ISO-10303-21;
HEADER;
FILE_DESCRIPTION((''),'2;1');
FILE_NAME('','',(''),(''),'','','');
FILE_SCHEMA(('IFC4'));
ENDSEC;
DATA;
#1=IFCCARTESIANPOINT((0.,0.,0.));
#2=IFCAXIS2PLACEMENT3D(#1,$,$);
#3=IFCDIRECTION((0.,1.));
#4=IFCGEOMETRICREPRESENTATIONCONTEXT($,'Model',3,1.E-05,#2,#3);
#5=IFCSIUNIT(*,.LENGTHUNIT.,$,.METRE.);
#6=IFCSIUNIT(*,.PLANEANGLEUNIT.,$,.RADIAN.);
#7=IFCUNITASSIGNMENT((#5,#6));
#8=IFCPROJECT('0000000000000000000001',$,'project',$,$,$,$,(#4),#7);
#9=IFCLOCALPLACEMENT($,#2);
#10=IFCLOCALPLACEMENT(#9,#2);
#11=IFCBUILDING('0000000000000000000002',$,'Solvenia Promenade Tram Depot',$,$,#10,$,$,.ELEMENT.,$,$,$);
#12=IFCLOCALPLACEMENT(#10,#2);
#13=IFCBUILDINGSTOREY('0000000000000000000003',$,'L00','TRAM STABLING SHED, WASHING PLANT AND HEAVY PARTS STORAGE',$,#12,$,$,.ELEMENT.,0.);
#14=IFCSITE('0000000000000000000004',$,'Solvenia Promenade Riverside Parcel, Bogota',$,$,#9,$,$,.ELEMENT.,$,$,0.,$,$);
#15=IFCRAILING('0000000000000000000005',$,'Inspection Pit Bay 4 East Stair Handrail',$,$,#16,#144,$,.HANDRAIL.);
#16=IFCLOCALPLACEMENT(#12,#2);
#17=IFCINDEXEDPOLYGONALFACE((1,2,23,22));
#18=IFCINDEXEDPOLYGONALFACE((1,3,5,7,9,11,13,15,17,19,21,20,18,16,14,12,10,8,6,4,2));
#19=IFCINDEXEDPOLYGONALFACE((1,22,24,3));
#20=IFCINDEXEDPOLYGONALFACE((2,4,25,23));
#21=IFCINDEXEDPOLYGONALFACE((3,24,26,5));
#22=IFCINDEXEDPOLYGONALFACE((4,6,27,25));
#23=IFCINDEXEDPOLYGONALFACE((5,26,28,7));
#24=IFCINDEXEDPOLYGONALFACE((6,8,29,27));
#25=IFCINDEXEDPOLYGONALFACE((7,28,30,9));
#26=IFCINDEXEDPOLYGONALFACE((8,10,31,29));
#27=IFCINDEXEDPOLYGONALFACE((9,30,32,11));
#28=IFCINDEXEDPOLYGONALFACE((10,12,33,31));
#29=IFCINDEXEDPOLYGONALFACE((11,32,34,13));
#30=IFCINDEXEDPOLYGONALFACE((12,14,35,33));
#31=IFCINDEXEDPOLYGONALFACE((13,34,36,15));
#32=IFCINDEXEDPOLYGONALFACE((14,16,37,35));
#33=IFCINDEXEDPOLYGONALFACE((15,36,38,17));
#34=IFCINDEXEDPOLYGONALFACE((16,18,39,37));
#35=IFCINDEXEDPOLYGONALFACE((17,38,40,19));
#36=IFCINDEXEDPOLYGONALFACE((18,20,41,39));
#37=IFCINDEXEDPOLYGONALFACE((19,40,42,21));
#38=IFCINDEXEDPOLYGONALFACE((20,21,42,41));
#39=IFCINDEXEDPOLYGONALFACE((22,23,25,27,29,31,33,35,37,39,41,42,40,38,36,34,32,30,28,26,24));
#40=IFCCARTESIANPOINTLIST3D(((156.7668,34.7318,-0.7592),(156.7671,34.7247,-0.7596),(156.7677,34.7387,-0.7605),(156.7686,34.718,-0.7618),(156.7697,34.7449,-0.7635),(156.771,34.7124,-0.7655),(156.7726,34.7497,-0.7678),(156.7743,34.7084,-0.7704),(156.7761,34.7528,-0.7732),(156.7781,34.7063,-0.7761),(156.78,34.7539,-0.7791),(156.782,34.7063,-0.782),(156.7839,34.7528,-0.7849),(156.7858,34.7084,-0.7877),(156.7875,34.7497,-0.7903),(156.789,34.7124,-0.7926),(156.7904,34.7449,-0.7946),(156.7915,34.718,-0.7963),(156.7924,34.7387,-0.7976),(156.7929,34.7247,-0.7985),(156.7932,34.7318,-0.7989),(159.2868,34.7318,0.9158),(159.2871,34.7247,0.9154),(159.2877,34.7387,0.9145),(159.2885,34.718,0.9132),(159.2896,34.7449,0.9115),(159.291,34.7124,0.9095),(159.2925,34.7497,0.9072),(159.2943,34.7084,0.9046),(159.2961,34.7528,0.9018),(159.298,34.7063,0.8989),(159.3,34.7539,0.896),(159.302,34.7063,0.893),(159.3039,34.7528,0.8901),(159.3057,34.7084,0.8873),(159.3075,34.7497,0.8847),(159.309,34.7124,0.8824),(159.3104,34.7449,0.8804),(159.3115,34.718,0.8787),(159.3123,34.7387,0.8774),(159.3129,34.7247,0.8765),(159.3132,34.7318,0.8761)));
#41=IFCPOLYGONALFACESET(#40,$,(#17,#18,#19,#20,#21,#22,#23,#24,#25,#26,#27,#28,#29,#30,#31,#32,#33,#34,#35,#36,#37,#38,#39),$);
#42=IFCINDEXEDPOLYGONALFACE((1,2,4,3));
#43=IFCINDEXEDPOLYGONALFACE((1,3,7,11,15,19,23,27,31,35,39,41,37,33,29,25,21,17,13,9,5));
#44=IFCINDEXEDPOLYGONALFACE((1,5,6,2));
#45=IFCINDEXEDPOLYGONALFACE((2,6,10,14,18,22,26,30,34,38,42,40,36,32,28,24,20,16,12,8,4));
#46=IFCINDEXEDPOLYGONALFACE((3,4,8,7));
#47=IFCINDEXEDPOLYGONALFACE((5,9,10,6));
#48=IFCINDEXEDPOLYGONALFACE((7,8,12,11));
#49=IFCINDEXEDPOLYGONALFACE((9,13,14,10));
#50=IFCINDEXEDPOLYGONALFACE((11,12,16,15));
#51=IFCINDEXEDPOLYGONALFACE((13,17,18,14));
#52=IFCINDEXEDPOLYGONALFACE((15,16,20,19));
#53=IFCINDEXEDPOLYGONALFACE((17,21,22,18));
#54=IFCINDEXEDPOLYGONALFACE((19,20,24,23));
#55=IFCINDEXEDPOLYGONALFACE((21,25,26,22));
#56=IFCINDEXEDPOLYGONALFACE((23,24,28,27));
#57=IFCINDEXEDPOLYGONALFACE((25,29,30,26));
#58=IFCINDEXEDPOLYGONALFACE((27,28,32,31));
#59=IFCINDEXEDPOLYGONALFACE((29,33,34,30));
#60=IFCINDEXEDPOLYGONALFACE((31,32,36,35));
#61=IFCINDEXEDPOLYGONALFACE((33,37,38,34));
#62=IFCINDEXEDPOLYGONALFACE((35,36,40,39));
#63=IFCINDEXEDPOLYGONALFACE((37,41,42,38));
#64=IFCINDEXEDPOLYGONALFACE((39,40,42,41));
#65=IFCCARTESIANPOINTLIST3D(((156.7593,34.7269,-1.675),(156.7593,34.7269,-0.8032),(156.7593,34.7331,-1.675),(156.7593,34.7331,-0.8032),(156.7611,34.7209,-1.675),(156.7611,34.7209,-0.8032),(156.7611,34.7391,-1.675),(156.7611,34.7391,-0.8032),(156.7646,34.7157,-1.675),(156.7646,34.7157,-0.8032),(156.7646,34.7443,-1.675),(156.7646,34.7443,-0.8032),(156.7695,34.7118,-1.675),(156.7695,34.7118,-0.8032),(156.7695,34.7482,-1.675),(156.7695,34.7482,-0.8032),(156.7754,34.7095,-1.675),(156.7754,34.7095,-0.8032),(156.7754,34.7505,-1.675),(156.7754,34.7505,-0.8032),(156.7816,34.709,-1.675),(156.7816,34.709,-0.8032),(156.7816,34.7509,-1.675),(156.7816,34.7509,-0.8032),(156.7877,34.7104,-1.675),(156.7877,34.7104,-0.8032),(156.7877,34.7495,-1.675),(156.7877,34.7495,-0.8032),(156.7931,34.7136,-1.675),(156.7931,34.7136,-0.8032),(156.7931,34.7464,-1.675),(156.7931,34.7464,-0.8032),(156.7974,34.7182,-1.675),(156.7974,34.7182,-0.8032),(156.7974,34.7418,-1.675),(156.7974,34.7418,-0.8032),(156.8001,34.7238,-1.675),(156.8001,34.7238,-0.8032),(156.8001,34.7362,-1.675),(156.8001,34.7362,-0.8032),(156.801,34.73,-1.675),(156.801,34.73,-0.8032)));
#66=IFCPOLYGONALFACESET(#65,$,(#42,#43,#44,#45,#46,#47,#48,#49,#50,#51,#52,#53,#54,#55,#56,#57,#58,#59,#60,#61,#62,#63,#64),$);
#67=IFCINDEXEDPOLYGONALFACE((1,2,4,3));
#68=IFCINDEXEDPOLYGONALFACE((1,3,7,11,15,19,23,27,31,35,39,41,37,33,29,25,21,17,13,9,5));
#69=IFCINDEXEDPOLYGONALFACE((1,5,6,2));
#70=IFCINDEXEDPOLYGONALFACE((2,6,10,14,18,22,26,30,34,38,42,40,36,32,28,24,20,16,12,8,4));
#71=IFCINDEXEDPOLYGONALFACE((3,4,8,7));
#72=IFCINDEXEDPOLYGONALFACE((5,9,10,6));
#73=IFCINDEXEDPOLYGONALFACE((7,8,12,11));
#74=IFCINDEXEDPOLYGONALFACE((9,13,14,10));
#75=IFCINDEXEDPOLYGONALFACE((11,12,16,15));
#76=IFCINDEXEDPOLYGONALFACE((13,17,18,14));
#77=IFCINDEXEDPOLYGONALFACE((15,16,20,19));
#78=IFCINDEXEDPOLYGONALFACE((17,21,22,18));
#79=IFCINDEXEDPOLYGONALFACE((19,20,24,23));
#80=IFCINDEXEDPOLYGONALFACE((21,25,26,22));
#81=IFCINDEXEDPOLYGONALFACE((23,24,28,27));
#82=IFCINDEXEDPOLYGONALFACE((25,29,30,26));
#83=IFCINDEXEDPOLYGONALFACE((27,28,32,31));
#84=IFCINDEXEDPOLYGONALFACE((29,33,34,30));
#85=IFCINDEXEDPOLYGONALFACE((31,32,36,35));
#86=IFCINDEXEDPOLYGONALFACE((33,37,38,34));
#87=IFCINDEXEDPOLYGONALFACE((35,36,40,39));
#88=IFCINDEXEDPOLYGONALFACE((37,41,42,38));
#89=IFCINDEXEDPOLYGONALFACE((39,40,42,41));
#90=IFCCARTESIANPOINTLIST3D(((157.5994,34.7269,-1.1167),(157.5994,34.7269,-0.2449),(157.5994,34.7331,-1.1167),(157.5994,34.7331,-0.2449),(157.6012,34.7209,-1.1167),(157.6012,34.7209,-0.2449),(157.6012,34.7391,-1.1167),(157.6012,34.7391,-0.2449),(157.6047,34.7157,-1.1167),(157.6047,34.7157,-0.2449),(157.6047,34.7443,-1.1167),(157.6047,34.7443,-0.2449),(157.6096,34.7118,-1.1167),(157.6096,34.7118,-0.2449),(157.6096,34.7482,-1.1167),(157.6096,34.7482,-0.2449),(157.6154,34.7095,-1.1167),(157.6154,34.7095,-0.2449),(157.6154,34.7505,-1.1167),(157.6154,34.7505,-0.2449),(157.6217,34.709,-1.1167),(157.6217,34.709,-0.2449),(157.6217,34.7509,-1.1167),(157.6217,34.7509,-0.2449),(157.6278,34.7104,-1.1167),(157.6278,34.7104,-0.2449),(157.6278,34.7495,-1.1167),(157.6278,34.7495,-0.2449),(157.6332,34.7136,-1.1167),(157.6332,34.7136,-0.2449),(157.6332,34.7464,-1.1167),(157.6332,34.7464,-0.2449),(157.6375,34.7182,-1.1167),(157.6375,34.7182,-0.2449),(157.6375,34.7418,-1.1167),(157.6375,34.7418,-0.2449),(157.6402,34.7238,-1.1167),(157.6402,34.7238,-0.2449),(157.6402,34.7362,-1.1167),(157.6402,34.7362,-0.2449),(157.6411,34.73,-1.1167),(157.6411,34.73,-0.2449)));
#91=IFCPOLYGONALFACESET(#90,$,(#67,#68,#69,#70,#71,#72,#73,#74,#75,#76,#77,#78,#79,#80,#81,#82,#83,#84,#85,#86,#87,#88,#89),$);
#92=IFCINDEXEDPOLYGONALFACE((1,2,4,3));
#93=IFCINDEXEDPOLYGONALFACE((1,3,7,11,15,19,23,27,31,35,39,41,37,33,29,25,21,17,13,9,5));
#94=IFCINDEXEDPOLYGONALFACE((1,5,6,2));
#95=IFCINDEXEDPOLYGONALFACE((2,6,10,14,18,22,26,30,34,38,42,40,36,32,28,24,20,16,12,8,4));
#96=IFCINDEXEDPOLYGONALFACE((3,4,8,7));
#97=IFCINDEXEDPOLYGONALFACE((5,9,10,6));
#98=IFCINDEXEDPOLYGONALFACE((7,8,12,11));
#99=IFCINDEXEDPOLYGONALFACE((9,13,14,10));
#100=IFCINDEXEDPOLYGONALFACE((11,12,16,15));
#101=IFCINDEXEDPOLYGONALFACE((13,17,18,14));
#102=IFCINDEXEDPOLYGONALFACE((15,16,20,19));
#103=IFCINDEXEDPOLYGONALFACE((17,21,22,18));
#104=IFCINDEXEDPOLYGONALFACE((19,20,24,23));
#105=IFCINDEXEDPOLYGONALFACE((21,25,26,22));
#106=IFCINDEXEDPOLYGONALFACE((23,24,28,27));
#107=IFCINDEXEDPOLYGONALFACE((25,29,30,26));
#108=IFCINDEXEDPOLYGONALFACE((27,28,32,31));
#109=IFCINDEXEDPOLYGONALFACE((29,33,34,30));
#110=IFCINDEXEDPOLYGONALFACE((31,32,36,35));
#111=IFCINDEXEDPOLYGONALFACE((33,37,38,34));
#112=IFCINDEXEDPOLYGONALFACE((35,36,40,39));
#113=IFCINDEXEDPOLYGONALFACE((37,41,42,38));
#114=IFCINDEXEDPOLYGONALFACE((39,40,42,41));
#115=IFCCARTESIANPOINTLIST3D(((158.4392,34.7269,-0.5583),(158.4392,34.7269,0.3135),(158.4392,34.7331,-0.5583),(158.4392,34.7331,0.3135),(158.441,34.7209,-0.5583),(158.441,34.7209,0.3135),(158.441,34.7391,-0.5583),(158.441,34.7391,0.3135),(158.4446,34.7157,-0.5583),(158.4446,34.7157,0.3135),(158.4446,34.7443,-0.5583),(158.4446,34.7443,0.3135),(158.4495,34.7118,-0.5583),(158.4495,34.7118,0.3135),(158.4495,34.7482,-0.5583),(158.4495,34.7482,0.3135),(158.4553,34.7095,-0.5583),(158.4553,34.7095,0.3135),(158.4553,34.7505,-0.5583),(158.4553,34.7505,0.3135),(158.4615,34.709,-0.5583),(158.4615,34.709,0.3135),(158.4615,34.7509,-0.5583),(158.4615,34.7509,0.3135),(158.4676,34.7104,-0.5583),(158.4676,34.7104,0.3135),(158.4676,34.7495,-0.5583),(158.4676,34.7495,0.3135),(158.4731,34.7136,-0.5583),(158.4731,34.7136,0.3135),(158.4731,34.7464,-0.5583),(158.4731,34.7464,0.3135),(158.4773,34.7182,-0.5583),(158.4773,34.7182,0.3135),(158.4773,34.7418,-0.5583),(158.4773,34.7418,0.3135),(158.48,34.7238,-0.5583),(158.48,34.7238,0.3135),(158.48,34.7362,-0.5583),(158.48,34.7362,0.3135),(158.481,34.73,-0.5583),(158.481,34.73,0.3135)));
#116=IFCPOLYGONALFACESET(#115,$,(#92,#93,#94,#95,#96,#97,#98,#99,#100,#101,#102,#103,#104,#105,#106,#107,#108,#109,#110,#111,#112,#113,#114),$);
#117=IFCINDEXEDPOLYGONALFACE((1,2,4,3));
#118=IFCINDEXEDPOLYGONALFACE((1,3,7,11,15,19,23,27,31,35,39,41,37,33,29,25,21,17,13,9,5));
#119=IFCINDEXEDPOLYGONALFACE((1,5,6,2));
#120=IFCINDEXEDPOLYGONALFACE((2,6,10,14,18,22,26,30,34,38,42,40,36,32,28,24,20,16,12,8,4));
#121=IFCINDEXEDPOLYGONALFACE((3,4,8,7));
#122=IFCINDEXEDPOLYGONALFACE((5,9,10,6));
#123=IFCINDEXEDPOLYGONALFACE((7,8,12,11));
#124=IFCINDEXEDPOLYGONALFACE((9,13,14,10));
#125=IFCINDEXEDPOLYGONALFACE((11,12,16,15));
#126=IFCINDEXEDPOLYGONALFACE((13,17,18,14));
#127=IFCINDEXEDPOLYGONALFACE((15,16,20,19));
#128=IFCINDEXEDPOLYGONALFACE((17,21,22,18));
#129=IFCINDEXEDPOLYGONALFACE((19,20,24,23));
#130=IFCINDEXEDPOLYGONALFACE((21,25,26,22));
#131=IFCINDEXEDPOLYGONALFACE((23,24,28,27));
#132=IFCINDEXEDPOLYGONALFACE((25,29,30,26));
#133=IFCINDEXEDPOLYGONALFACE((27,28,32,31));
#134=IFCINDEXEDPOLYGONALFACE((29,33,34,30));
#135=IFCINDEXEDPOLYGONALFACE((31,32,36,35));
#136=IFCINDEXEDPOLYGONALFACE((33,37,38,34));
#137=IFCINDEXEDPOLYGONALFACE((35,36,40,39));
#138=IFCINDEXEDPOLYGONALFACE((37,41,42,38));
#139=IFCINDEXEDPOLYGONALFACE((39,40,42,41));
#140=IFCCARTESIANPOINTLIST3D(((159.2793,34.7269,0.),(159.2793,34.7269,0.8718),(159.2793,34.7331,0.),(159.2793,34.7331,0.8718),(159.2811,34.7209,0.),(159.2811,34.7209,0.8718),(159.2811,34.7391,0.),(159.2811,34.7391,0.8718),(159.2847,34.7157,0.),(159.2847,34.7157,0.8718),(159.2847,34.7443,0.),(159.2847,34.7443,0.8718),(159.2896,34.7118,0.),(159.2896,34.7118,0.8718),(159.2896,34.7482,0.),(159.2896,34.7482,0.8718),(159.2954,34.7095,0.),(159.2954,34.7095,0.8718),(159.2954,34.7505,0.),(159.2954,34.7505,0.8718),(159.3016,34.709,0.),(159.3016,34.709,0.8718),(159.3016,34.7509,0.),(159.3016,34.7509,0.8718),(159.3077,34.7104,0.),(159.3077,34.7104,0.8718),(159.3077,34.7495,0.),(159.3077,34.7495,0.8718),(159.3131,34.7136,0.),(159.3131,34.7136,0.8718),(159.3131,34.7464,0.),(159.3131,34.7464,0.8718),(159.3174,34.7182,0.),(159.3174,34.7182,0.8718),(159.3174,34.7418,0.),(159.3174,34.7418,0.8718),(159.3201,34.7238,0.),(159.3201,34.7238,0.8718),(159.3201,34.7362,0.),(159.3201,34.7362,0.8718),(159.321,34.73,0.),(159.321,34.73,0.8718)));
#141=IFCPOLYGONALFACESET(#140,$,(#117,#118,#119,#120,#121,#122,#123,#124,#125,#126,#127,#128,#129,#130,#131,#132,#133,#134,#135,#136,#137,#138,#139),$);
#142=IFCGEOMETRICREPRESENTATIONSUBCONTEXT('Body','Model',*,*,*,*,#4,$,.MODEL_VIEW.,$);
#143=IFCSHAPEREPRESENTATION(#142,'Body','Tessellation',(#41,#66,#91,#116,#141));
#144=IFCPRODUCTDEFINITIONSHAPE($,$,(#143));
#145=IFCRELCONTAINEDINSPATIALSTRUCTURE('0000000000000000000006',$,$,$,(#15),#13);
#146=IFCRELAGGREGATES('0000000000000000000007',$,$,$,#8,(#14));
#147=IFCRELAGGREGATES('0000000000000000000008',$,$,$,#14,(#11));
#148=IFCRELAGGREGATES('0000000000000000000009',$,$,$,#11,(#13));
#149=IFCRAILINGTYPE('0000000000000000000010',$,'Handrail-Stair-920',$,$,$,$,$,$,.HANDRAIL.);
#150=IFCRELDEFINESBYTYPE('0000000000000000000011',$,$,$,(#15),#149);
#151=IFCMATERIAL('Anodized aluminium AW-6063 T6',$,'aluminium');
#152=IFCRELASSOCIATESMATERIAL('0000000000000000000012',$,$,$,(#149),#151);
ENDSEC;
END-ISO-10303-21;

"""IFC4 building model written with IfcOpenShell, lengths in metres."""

from ifc_helpers import new_model, si_unit, direction, frame, origin, origin_2d, place, context, subcontext, project, spatial, circle, extrude, material, type_object, element, save


model = new_model("IFC4")

# Units and contexts
model_context = context("Model", 3, precision=1e-05, world=origin(), true_north=direction((0.0, 1.0)))
body_context = subcontext(model_context, "Body", "Model", "MODEL_VIEW")
ifc_project = project(units=[si_unit("LENGTHUNIT", "METRE"), si_unit("PLANEANGLEUNIT", "RADIAN")], contexts=[model_context])

# Site, building, storey
site_placement = place(None, origin())
site = spatial("IfcSite", under=ifc_project, at=site_placement, Name="Solvenia Promenade Riverside Parcel, Bogota", CompositionType="ELEMENT", RefElevation=0.0)
building_placement = place(site_placement, origin())
building = spatial("IfcBuilding", under=site, at=building_placement, Name="Solvenia Promenade Tram Depot", CompositionType="ELEMENT")
storey_placement = place(building_placement, origin())
storey = spatial("IfcBuildingStorey", under=building, at=storey_placement, Name="L00", Description="TRAM STABLING SHED, WASHING PLANT AND HEAVY PARTS STORAGE", CompositionType="ELEMENT", Elevation=0.0)

# Railing
ifc_material_1 = material(Name="Anodized aluminium AW-6063 T6", Category="aluminium")
railing_type = type_object("IfcRailingType", Name="Handrail-Stair-920", PredefinedType="HANDRAIL", material=ifc_material_1)
for number, where, name in (
    (1, (156.78, 34.73, -1.675), "Inspection Pit Bay 4 East Stair Handrail"),
):
    element("IfcRailing", number, at=place(storey_placement, frame(where)), inside=storey, type_object=railing_type, Name=name, PredefinedType="HANDRAIL", context=body_context, shape_type="SweptSolid", body=[
        extrude(circle(Radius=0.0239, at=origin_2d()), frame((0.0, 0.0, 0.896), z_axis=(0.832807, 0.0, 0.553564), x_axis=(0.0, 1.0, 0.0)), (0.0, 0.0, 1.0), 3.0259),
        extrude(circle(Radius=0.021, at=origin_2d()), origin(), (0.0, 0.0, 1.0), 0.8718),
        extrude(circle(Radius=0.021, at=origin_2d()), frame((0.8401, 0.0, 0.5583)), (0.0, 0.0, 1.0), 0.8718),
        extrude(circle(Radius=0.021, at=origin_2d()), frame((1.6799, 0.0, 1.1167)), (0.0, 0.0, 1.0), 0.8718),
        extrude(circle(Radius=0.021, at=origin_2d()), frame((2.52, 0.0, 1.675)), (0.0, 0.0, 1.0), 0.8718),
    ])

save(model, "model.ifc")
